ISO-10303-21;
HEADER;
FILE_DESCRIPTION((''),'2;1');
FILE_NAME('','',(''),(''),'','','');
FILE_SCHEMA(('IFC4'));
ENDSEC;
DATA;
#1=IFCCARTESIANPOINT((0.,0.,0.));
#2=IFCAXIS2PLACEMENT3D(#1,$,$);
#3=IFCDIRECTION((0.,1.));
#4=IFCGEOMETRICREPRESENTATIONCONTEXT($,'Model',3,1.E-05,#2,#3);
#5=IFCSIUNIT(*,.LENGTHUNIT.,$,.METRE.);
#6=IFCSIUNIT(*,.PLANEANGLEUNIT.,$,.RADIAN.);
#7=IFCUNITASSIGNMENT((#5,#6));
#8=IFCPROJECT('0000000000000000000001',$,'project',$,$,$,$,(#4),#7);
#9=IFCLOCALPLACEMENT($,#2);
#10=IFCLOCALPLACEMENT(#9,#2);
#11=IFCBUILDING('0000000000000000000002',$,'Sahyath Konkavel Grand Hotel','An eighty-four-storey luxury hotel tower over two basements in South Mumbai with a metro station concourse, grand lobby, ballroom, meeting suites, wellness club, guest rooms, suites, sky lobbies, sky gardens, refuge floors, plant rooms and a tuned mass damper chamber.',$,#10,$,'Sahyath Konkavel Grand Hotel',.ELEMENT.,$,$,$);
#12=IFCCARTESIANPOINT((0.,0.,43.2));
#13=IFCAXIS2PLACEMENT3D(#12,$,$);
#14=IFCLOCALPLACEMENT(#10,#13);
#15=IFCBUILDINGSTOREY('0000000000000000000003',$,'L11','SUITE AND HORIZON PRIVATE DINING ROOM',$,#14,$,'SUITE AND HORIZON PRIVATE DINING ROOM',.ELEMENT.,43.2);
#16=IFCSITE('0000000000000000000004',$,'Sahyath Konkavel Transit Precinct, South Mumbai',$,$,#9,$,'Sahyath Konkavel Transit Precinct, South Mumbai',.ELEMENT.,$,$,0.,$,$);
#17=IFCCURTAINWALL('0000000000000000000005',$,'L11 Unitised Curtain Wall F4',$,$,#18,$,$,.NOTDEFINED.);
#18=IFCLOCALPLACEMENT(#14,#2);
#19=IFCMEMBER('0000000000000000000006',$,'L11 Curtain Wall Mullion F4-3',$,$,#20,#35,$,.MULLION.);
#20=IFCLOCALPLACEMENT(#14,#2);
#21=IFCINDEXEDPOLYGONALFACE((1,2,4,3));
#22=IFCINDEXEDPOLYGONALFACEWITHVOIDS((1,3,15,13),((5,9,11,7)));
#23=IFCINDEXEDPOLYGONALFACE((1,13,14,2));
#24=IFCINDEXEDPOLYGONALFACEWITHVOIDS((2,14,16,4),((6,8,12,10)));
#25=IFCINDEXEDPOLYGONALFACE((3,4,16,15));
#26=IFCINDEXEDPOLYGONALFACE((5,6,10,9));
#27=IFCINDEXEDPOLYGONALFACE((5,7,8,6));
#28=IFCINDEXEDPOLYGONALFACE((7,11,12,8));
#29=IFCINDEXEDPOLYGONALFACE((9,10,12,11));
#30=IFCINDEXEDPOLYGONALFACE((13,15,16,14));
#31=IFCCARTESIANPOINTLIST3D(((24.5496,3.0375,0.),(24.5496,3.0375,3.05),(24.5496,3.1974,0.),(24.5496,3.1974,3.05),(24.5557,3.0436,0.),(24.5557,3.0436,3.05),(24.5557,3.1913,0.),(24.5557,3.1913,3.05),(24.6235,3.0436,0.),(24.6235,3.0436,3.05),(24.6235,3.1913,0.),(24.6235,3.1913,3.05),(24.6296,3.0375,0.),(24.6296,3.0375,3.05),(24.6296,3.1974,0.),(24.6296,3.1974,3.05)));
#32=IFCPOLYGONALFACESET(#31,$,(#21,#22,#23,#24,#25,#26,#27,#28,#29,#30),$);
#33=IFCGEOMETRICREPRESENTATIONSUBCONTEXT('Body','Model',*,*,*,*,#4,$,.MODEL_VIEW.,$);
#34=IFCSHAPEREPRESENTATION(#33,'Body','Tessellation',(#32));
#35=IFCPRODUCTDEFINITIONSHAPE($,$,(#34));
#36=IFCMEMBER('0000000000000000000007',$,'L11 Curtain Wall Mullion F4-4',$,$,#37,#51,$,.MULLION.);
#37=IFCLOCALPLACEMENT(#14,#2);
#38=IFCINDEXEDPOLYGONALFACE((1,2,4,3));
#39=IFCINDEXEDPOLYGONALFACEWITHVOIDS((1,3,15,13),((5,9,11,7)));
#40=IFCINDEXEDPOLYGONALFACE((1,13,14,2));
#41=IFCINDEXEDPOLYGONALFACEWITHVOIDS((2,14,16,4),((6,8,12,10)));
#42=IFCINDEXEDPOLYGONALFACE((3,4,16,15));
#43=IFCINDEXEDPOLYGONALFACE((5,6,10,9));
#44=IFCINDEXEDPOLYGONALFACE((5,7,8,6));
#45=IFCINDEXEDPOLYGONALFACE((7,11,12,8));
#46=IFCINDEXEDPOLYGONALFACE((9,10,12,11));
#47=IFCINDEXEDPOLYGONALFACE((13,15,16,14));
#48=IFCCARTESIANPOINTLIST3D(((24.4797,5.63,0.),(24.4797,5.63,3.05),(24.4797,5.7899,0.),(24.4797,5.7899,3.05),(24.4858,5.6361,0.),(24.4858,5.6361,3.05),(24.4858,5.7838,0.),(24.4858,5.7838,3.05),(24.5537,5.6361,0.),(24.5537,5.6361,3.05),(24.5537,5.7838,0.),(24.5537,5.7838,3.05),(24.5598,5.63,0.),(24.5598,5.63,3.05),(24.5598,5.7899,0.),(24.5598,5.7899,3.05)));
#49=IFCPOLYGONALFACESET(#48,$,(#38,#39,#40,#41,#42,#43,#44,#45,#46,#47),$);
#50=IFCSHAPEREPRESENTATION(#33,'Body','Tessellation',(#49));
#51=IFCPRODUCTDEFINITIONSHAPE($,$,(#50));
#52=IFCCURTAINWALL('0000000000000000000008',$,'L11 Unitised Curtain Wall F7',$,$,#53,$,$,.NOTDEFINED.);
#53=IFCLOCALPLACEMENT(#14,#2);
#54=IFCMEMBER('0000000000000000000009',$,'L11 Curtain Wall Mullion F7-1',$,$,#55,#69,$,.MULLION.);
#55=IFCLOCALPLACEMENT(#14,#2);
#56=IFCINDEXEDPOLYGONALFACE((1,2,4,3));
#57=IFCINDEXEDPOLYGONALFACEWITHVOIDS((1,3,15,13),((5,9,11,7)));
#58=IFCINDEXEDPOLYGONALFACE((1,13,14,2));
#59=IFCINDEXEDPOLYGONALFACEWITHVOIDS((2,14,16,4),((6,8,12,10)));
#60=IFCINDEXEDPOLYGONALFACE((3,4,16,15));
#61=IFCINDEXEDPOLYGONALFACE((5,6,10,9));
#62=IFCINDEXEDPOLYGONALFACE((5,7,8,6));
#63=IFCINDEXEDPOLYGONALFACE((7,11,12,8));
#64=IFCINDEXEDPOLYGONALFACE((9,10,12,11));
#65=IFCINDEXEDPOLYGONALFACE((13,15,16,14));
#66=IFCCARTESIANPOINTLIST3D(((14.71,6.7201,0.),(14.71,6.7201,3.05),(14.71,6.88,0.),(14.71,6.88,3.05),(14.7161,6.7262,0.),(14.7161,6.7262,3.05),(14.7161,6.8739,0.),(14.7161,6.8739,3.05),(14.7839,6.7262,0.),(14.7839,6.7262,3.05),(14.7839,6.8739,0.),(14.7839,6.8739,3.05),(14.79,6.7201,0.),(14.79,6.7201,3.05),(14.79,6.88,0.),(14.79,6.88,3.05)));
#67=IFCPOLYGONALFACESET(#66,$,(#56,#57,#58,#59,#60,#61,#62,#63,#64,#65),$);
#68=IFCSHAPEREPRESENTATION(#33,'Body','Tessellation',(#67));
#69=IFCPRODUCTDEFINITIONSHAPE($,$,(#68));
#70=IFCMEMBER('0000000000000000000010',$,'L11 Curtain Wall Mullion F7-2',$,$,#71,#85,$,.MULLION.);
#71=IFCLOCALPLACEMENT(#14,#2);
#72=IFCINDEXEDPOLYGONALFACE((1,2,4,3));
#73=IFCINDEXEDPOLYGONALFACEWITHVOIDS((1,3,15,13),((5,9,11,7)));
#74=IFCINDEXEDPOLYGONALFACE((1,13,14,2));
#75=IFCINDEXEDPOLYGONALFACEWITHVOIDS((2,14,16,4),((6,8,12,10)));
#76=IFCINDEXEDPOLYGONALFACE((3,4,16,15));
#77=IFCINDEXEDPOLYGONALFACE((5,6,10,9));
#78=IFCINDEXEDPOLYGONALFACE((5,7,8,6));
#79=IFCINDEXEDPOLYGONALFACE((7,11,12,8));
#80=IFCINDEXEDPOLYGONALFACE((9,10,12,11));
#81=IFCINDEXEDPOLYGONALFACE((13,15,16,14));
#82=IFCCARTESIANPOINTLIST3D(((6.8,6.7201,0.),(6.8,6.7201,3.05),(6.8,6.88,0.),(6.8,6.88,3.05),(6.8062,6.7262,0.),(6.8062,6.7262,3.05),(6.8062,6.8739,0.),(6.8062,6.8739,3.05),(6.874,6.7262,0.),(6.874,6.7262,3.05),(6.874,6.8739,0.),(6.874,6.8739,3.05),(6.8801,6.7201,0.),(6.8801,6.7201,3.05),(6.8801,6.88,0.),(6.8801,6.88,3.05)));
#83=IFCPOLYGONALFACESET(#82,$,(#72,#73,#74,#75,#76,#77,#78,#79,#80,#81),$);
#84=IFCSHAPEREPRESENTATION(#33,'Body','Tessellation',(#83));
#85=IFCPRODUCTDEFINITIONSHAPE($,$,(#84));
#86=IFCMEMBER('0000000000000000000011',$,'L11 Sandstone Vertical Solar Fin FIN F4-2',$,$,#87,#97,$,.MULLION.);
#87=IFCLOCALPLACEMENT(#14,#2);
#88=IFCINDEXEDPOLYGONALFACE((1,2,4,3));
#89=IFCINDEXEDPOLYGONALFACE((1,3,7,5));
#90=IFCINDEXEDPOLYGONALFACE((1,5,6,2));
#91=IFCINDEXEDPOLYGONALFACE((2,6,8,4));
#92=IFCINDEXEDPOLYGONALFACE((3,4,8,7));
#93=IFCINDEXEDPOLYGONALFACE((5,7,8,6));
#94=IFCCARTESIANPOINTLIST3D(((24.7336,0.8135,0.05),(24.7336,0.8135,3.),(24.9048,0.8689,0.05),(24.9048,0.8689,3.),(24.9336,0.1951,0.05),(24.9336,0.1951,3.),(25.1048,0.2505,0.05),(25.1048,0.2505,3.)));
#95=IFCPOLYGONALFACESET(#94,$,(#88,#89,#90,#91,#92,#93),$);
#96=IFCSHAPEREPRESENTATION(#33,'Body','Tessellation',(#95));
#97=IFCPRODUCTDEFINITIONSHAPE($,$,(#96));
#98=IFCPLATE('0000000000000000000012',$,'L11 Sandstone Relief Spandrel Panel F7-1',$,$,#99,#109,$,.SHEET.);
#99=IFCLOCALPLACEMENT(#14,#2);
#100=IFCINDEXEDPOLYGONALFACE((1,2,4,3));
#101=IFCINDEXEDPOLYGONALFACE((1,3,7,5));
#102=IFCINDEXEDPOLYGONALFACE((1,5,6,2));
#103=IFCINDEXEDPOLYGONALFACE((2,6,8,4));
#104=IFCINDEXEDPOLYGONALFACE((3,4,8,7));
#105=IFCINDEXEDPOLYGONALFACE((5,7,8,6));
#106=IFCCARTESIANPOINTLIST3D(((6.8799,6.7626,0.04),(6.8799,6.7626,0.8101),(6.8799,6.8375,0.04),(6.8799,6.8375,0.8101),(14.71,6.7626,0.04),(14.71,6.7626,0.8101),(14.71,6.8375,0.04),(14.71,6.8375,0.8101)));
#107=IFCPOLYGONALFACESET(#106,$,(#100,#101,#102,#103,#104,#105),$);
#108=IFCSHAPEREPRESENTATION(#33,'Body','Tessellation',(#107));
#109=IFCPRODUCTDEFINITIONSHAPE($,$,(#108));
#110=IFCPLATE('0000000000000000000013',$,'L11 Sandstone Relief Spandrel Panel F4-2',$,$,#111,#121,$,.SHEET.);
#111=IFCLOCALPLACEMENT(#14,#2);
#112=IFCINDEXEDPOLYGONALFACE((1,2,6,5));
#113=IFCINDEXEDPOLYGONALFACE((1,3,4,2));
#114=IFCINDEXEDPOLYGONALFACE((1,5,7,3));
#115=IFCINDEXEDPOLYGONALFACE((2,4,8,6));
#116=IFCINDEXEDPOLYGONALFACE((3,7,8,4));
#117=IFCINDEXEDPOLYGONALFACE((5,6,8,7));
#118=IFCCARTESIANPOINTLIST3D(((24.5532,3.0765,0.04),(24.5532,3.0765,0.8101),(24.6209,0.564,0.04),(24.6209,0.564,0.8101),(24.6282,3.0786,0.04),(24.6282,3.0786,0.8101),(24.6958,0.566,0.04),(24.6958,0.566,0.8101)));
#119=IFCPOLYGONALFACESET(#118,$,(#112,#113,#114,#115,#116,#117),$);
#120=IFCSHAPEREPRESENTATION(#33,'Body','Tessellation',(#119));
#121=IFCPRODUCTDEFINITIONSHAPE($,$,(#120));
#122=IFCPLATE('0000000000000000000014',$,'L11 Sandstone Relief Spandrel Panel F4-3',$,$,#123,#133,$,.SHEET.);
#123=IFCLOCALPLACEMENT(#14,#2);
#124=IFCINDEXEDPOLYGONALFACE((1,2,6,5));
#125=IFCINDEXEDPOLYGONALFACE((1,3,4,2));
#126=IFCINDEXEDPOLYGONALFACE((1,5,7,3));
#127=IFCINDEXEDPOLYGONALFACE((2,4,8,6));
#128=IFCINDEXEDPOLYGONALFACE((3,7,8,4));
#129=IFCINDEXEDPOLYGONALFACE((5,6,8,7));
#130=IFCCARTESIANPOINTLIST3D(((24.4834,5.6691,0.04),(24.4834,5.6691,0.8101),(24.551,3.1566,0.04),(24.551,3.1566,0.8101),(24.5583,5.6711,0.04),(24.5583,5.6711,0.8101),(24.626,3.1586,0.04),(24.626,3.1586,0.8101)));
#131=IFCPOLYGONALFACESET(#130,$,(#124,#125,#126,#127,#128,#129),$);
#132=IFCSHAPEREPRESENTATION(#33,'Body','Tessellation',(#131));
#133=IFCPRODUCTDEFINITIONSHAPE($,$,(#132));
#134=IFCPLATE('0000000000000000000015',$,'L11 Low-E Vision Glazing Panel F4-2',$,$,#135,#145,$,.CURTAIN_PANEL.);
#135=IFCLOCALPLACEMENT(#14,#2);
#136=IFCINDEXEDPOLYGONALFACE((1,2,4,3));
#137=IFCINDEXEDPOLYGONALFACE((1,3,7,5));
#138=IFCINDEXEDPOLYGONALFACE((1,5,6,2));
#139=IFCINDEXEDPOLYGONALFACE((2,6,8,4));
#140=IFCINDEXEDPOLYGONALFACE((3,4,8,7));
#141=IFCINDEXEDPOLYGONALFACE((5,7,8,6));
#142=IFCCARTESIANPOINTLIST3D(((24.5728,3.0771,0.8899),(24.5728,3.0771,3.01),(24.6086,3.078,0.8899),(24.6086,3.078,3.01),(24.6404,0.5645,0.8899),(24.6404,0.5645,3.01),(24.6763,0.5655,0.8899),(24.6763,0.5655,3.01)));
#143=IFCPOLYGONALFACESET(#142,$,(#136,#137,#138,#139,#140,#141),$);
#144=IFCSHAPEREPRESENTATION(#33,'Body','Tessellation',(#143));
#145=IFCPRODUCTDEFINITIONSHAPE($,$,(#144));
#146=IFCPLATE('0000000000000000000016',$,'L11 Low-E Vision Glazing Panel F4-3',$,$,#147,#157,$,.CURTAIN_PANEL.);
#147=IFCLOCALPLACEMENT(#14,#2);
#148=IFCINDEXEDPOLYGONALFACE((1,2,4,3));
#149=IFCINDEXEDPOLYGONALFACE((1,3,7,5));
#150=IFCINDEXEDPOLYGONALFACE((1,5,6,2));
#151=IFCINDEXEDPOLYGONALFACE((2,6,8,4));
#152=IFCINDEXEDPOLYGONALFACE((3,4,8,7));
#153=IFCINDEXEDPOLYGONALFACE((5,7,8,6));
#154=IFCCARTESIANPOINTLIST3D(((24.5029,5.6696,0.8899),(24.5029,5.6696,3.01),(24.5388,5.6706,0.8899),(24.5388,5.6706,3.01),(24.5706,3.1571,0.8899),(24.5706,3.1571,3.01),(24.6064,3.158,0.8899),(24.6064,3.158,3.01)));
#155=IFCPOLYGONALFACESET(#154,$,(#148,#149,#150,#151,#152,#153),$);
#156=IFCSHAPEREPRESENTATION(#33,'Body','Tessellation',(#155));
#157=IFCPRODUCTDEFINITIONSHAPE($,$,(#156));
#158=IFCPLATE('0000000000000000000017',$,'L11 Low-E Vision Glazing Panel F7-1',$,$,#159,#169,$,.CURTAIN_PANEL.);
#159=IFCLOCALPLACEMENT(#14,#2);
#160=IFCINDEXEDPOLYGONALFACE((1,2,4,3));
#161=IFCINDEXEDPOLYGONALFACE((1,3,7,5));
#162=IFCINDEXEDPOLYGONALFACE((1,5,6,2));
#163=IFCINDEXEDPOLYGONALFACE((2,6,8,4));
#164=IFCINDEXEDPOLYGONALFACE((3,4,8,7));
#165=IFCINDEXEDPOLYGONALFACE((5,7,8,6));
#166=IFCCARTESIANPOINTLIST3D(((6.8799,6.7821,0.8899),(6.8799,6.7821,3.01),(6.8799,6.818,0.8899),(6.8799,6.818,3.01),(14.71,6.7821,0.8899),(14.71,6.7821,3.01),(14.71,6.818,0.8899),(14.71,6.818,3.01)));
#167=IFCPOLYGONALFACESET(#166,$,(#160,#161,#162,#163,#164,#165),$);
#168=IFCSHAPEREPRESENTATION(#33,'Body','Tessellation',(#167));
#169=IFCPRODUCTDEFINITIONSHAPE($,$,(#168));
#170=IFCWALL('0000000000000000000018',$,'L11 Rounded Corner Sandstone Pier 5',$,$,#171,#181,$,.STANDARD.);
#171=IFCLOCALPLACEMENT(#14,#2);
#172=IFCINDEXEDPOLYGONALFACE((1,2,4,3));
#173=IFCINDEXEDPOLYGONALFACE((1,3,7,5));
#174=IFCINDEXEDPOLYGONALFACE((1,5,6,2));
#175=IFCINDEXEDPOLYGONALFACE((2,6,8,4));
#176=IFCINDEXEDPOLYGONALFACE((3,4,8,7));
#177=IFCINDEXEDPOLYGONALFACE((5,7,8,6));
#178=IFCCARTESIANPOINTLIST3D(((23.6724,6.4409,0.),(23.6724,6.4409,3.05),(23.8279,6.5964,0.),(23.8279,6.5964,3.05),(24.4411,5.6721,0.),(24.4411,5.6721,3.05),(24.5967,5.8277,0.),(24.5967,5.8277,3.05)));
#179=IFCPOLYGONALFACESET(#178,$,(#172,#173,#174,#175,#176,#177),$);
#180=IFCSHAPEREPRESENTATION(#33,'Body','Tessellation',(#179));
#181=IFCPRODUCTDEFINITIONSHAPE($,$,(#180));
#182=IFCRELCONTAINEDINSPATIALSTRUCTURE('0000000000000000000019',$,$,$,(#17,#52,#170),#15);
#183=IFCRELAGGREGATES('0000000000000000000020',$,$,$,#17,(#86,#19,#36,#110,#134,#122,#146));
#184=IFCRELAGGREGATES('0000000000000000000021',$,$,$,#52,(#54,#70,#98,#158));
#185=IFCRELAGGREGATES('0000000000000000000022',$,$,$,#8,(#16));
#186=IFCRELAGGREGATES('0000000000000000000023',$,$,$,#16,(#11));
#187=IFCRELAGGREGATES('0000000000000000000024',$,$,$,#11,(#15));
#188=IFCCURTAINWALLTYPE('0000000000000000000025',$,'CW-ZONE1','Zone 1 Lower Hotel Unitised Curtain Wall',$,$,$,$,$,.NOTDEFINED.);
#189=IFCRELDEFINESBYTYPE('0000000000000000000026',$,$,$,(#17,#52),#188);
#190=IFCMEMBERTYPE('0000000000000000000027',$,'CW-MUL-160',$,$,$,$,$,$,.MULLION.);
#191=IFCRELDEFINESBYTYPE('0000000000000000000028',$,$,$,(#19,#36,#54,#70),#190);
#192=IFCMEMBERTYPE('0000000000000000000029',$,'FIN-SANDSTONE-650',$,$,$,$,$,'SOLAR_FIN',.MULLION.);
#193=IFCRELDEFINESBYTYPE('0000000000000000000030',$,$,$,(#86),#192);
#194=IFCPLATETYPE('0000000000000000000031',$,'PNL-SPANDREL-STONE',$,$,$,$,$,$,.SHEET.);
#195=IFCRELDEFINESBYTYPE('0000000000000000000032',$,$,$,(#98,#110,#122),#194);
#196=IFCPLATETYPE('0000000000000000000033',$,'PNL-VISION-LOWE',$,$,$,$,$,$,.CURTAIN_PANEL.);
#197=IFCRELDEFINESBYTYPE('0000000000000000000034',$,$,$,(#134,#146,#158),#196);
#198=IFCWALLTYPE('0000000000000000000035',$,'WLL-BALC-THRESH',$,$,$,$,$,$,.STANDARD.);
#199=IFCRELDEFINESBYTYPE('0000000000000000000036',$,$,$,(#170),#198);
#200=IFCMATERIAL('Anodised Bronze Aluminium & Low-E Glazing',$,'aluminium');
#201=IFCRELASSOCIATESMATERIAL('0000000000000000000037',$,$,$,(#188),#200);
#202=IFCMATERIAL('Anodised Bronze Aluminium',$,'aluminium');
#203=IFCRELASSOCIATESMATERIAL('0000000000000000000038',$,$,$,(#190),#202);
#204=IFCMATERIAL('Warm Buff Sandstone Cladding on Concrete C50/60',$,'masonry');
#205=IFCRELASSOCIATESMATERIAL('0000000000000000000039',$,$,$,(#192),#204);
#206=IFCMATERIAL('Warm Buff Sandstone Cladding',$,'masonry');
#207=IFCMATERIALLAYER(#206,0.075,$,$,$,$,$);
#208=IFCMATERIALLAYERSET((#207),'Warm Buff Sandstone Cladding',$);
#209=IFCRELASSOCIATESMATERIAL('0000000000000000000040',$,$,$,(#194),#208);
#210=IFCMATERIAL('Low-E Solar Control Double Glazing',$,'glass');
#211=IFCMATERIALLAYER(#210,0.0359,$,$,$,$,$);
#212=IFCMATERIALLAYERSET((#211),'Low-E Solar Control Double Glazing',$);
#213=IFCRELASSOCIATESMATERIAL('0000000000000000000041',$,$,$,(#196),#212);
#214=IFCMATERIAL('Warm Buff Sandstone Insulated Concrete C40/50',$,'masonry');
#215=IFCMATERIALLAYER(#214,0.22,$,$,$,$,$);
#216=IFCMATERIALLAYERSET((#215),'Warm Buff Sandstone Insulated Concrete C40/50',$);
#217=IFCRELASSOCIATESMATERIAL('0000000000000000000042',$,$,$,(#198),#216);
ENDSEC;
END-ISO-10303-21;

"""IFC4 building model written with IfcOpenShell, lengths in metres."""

from ifc_helpers import new_model, si_unit, direction, frame, frame_2d, origin, origin_2d, place, context, subcontext, project, spatial, rectangle, hollow_rectangle, extrude, source, transform, mapped, material, layer, layer_set, material_profile, profile_set, type_object, element, aggregate, save


model = new_model("IFC4")

# Units and contexts
model_context = context("Model", 3, precision=1e-05, world=origin(), true_north=direction((0.0, 1.0)))
body_context = subcontext(model_context, "Body", "Model", "MODEL_VIEW")
ifc_project = project(units=[si_unit("LENGTHUNIT", "METRE"), si_unit("PLANEANGLEUNIT", "RADIAN")], contexts=[model_context])

# Site, building, storey
site_placement = place(None, origin())
site = spatial("IfcSite", under=ifc_project, at=site_placement, Name="Sahyath Konkavel Transit Precinct, South Mumbai", LongName="Sahyath Konkavel Transit Precinct, South Mumbai", CompositionType="ELEMENT", RefElevation=0.0)
building_placement = place(site_placement, origin())
building = spatial("IfcBuilding", under=site, at=building_placement, Name="Sahyath Konkavel Grand Hotel", Description="An eighty-four-storey luxury hotel tower over two basements in South Mumbai with a metro station concourse, grand lobby, ballroom, meeting suites, wellness club, guest rooms, suites, sky lobbies, sky gardens, refuge floors, plant rooms and a tuned mass damper chamber.", LongName="Sahyath Konkavel Grand Hotel", CompositionType="ELEMENT")
storey_placement = place(building_placement, frame((0.0, 0.0, 43.2)))
storey = spatial("IfcBuildingStorey", under=building, at=storey_placement, Name="L11", Description="SUITE AND HORIZON PRIVATE DINING ROOM", LongName="SUITE AND HORIZON PRIVATE DINING ROOM", CompositionType="ELEMENT", Elevation=43.2)

# Curtain wall
ifc_material_1 = material(Name="Anodised Bronze Aluminium & Low-E Glazing", Category="aluminium")
curtain_wall_type = type_object("IfcCurtainWallType", Name="CW-ZONE1", Description="Zone 1 Lower Hotel Unitised Curtain Wall", PredefinedType="NOTDEFINED", material=ifc_material_1)
curtain_wall_1_placement = place(storey_placement, origin())
curtain_wall_1 = element("IfcCurtainWall", 1, at=curtain_wall_1_placement, inside=storey, type_object=curtain_wall_type, Name="L11 Unitised Curtain Wall F4", PredefinedType="NOTDEFINED")
ifc_material_2 = material(Name="Anodised Bronze Aluminium", Category="aluminium")

# Members
ifc_material_profile_1 = material_profile(ifc_material_2, hollow_rectangle(XDim=0.0801, YDim=0.1599, WallThickness=0.0061, at=origin_2d()), Name="RHS 160x80x6")
ifc_profile_set_1 = profile_set([ifc_material_profile_1], Name="Anodised Bronze Aluminium")
member_type_1 = type_object("IfcMemberType", Name="CW-MUL-160", PredefinedType="MULLION", material=ifc_profile_set_1)
shared_shape_1 = source(origin(), body_context, "Body", "SweptSolid", [
    extrude(hollow_rectangle(XDim=0.0801, YDim=0.1599, WallThickness=0.0061, at=origin_2d()), origin(), (0.0, 0.0, 1.0), 3.05),
])
member_1_placement = place(storey_placement, frame((24.5896, 3.1174, 0.0), z_axis=(0.0, 0.0, 1.0), x_axis=(1.0, 0.0, 0.0)))
member_1 = element("IfcMember", 2, at=member_1_placement, type_object=member_type_1, Name="L11 Curtain Wall Mullion F4-3", PredefinedType="MULLION", context=body_context, shape_type="MappedRepresentation", body=[
    mapped(shared_shape_1, transform((0.0, 0.0, 0.0), scale=1.0)),
])
member_2_placement = place(storey_placement, frame((24.5198, 5.71, 0.0), z_axis=(0.0, 0.0, 1.0), x_axis=(1.0, 0.0, 0.0)))
member_2 = element("IfcMember", 3, at=member_2_placement, type_object=member_type_1, Name="L11 Curtain Wall Mullion F4-4", PredefinedType="MULLION", context=body_context, shape_type="MappedRepresentation", body=[
    mapped(shared_shape_1, transform((0.0, 0.0, 0.0), scale=1.0)),
])

# Curtain wall, members
curtain_wall_2_placement = place(storey_placement, origin())
curtain_wall_2 = element("IfcCurtainWall", 4, at=curtain_wall_2_placement, inside=storey, type_object=curtain_wall_type, Name="L11 Unitised Curtain Wall F7", PredefinedType="NOTDEFINED")
member_3_placement = place(storey_placement, frame((14.75, 6.8, 0.0), z_axis=(0.0, 0.0, 1.0), x_axis=(1.0, 0.0, 0.0)))
member_3 = element("IfcMember", 5, at=member_3_placement, type_object=member_type_1, Name="L11 Curtain Wall Mullion F7-1", PredefinedType="MULLION", context=body_context, shape_type="MappedRepresentation", body=[
    mapped(shared_shape_1, transform((0.0, 0.0, 0.0), scale=1.0)),
])
member_4_placement = place(storey_placement, frame((6.8401, 6.8, 0.0), z_axis=(0.0, 0.0, 1.0), x_axis=(1.0, 0.0, 0.0)))
member_4 = element("IfcMember", 6, at=member_4_placement, type_object=member_type_1, Name="L11 Curtain Wall Mullion F7-2", PredefinedType="MULLION", context=body_context, shape_type="MappedRepresentation", body=[
    mapped(shared_shape_1, transform((0.0, 0.0, 0.0), scale=1.0)),
])

# Member
ifc_material_3 = material(Name="Warm Buff Sandstone Cladding on Concrete C50/60", Category="masonry")
ifc_material_profile_2 = material_profile(ifc_material_3, rectangle(XDim=0.1799, YDim=0.6499, at=origin_2d()), Name="FIN 180x650")
ifc_profile_set_2 = profile_set([ifc_material_profile_2], Name="Warm Buff Sandstone Cladding on Concrete C50/60")
member_type_2 = type_object("IfcMemberType", Name="FIN-SANDSTONE-650", ElementType="SOLAR_FIN", PredefinedType="MULLION", material=ifc_profile_set_2)
shared_shape_2 = source(origin(), body_context, "Body", "SweptSolid", [
    extrude(rectangle(XDim=0.1799, YDim=0.6499, at=origin_2d()), origin(), (0.0, 0.0, 1.0), 2.95),
])
member_5_placement = place(storey_placement, frame((24.9192, 0.532, 0.05), z_axis=(0.0, 0.0, 1.0), x_axis=(0.951487, 0.307689, 0.0)))
member_5 = element("IfcMember", 7, at=member_5_placement, type_object=member_type_2, Name="L11 Sandstone Vertical Solar Fin FIN F4-2", PredefinedType="MULLION", context=body_context, shape_type="MappedRepresentation", body=[
    mapped(shared_shape_2, transform((0.0, 0.0, 0.0), scale=1.0)),
])

# Plates
ifc_material_4 = material(Name="Warm Buff Sandstone Cladding", Category="masonry")
ifc_layer_1 = layer(ifc_material_4, 0.075)
ifc_layer_set_1 = layer_set([ifc_layer_1], Name="Warm Buff Sandstone Cladding")
plate_type_1 = type_object("IfcPlateType", Name="PNL-SPANDREL-STONE", PredefinedType="SHEET", material=ifc_layer_set_1)
shared_shape_3 = source(origin(), body_context, "Body", "SweptSolid", [
    extrude(rectangle(XDim=7.8301, YDim=0.075, at=origin_2d()), origin(), (0.0, 0.0, 1.0), 0.77),
])
plate_1_placement = place(storey_placement, frame((10.7949, 6.8, 0.04), z_axis=(0.0, 0.0, 1.0), x_axis=(-1.0, 0.0, 0.0)))
plate_1 = element("IfcPlate", 8, at=plate_1_placement, type_object=plate_type_1, Name="L11 Sandstone Relief Spandrel Panel F7-1", PredefinedType="SHEET", context=body_context, shape_type="MappedRepresentation", body=[
    mapped(shared_shape_3, transform((0.0, 0.0, 0.0), scale=1.0)),
])
shared_shape_4 = source(origin(), body_context, "Body", "SweptSolid", [
    extrude(rectangle(XDim=2.5134, YDim=0.075, at=origin_2d()), origin(), (0.0, 0.0, 1.0), 0.77),
])
plate_2_placement = place(storey_placement, frame((24.6245, 1.8213, 0.04), z_axis=(0.0, 0.0, 1.0), x_axis=(-0.02691, 0.999638, 0.0)))
plate_2 = element("IfcPlate", 9, at=plate_2_placement, type_object=plate_type_1, Name="L11 Sandstone Relief Spandrel Panel F4-2", PredefinedType="SHEET", context=body_context, shape_type="MappedRepresentation", body=[
    mapped(shared_shape_4, transform((0.0, 0.0, 0.0), scale=1.0)),
])
plate_3_placement = place(storey_placement, frame((24.5547, 4.4138, 0.04), z_axis=(0.0, 0.0, 1.0), x_axis=(-0.02691, 0.999638, 0.0)))
plate_3 = element("IfcPlate", 10, at=plate_3_placement, type_object=plate_type_1, Name="L11 Sandstone Relief Spandrel Panel F4-3", PredefinedType="SHEET", context=body_context, shape_type="MappedRepresentation", body=[
    mapped(shared_shape_4, transform((0.0, 0.0, 0.0), scale=1.0)),
])
ifc_material_5 = material(Name="Low-E Solar Control Double Glazing", Category="glass")
ifc_layer_2 = layer(ifc_material_5, 0.0359)
ifc_layer_set_2 = layer_set([ifc_layer_2], Name="Low-E Solar Control Double Glazing")
plate_type_2 = type_object("IfcPlateType", Name="PNL-VISION-LOWE", PredefinedType="CURTAIN_PANEL", material=ifc_layer_set_2)
shared_shape_5 = source(origin(), body_context, "Body", "SweptSolid", [
    extrude(rectangle(XDim=2.5134, YDim=0.0359, at=origin_2d()), origin(), (0.0, 0.0, 1.0), 2.1201),
])
plate_4_placement = place(storey_placement, frame((24.6245, 1.8213, 0.8899), z_axis=(0.0, 0.0, 1.0), x_axis=(-0.02691, 0.999638, 0.0)))
plate_4 = element("IfcPlate", 11, at=plate_4_placement, type_object=plate_type_2, Name="L11 Low-E Vision Glazing Panel F4-2", PredefinedType="CURTAIN_PANEL", context=body_context, shape_type="MappedRepresentation", body=[
    mapped(shared_shape_5, transform((0.0, 0.0, 0.0), scale=1.0)),
])
plate_5_placement = place(storey_placement, frame((24.5547, 4.4138, 0.8899), z_axis=(0.0, 0.0, 1.0), x_axis=(-0.02691, 0.999638, 0.0)))
plate_5 = element("IfcPlate", 12, at=plate_5_placement, type_object=plate_type_2, Name="L11 Low-E Vision Glazing Panel F4-3", PredefinedType="CURTAIN_PANEL", context=body_context, shape_type="MappedRepresentation", body=[
    mapped(shared_shape_5, transform((0.0, 0.0, 0.0), scale=1.0)),
])
aggregate(curtain_wall_1, [member_5, member_1, member_2, plate_2, plate_4, plate_3, plate_5])
shared_shape_6 = source(origin(), body_context, "Body", "SweptSolid", [
    extrude(rectangle(XDim=7.8301, YDim=0.0359, at=origin_2d()), origin(), (0.0, 0.0, 1.0), 2.1201),
])
plate_6_placement = place(storey_placement, frame((10.7949, 6.8, 0.8899), z_axis=(0.0, 0.0, 1.0), x_axis=(-1.0, 0.0, 0.0)))
plate_6 = element("IfcPlate", 13, at=plate_6_placement, type_object=plate_type_2, Name="L11 Low-E Vision Glazing Panel F7-1", PredefinedType="CURTAIN_PANEL", context=body_context, shape_type="MappedRepresentation", body=[
    mapped(shared_shape_6, transform((0.0, 0.0, 0.0), scale=1.0)),
])
aggregate(curtain_wall_2, [member_3, member_4, plate_1, plate_6])

# Wall
ifc_material_6 = material(Name="Warm Buff Sandstone Insulated Concrete C40/50", Category="masonry")
ifc_layer_3 = layer(ifc_material_6, 0.22)
ifc_layer_set_3 = layer_set([ifc_layer_3], Name="Warm Buff Sandstone Insulated Concrete C40/50")
wall_type_1 = type_object("IfcWallType", Name="WLL-BALC-THRESH", PredefinedType="STANDARD", material=ifc_layer_set_3)
for number, where, z_axis, x_axis, name in (
    (14, (24.5188, 5.75, 0.0), (0.0, 0.0, 1.0), (-0.707107, 0.707107, 0.0), "L11 Rounded Corner Sandstone Pier 5"),
):
    element("IfcWall", number, at=place(storey_placement, frame(where, z_axis=z_axis, x_axis=x_axis)), inside=storey, type_object=wall_type_1, Name=name, PredefinedType="STANDARD", context=body_context, shape_type="SweptSolid", body=[
        extrude(rectangle(XDim=1.0872, YDim=0.22, at=frame_2d((0.5435, 0.0))), origin(), (0.0, 0.0, 1.0), 3.05),
    ])

save(model, "model.ifc")
